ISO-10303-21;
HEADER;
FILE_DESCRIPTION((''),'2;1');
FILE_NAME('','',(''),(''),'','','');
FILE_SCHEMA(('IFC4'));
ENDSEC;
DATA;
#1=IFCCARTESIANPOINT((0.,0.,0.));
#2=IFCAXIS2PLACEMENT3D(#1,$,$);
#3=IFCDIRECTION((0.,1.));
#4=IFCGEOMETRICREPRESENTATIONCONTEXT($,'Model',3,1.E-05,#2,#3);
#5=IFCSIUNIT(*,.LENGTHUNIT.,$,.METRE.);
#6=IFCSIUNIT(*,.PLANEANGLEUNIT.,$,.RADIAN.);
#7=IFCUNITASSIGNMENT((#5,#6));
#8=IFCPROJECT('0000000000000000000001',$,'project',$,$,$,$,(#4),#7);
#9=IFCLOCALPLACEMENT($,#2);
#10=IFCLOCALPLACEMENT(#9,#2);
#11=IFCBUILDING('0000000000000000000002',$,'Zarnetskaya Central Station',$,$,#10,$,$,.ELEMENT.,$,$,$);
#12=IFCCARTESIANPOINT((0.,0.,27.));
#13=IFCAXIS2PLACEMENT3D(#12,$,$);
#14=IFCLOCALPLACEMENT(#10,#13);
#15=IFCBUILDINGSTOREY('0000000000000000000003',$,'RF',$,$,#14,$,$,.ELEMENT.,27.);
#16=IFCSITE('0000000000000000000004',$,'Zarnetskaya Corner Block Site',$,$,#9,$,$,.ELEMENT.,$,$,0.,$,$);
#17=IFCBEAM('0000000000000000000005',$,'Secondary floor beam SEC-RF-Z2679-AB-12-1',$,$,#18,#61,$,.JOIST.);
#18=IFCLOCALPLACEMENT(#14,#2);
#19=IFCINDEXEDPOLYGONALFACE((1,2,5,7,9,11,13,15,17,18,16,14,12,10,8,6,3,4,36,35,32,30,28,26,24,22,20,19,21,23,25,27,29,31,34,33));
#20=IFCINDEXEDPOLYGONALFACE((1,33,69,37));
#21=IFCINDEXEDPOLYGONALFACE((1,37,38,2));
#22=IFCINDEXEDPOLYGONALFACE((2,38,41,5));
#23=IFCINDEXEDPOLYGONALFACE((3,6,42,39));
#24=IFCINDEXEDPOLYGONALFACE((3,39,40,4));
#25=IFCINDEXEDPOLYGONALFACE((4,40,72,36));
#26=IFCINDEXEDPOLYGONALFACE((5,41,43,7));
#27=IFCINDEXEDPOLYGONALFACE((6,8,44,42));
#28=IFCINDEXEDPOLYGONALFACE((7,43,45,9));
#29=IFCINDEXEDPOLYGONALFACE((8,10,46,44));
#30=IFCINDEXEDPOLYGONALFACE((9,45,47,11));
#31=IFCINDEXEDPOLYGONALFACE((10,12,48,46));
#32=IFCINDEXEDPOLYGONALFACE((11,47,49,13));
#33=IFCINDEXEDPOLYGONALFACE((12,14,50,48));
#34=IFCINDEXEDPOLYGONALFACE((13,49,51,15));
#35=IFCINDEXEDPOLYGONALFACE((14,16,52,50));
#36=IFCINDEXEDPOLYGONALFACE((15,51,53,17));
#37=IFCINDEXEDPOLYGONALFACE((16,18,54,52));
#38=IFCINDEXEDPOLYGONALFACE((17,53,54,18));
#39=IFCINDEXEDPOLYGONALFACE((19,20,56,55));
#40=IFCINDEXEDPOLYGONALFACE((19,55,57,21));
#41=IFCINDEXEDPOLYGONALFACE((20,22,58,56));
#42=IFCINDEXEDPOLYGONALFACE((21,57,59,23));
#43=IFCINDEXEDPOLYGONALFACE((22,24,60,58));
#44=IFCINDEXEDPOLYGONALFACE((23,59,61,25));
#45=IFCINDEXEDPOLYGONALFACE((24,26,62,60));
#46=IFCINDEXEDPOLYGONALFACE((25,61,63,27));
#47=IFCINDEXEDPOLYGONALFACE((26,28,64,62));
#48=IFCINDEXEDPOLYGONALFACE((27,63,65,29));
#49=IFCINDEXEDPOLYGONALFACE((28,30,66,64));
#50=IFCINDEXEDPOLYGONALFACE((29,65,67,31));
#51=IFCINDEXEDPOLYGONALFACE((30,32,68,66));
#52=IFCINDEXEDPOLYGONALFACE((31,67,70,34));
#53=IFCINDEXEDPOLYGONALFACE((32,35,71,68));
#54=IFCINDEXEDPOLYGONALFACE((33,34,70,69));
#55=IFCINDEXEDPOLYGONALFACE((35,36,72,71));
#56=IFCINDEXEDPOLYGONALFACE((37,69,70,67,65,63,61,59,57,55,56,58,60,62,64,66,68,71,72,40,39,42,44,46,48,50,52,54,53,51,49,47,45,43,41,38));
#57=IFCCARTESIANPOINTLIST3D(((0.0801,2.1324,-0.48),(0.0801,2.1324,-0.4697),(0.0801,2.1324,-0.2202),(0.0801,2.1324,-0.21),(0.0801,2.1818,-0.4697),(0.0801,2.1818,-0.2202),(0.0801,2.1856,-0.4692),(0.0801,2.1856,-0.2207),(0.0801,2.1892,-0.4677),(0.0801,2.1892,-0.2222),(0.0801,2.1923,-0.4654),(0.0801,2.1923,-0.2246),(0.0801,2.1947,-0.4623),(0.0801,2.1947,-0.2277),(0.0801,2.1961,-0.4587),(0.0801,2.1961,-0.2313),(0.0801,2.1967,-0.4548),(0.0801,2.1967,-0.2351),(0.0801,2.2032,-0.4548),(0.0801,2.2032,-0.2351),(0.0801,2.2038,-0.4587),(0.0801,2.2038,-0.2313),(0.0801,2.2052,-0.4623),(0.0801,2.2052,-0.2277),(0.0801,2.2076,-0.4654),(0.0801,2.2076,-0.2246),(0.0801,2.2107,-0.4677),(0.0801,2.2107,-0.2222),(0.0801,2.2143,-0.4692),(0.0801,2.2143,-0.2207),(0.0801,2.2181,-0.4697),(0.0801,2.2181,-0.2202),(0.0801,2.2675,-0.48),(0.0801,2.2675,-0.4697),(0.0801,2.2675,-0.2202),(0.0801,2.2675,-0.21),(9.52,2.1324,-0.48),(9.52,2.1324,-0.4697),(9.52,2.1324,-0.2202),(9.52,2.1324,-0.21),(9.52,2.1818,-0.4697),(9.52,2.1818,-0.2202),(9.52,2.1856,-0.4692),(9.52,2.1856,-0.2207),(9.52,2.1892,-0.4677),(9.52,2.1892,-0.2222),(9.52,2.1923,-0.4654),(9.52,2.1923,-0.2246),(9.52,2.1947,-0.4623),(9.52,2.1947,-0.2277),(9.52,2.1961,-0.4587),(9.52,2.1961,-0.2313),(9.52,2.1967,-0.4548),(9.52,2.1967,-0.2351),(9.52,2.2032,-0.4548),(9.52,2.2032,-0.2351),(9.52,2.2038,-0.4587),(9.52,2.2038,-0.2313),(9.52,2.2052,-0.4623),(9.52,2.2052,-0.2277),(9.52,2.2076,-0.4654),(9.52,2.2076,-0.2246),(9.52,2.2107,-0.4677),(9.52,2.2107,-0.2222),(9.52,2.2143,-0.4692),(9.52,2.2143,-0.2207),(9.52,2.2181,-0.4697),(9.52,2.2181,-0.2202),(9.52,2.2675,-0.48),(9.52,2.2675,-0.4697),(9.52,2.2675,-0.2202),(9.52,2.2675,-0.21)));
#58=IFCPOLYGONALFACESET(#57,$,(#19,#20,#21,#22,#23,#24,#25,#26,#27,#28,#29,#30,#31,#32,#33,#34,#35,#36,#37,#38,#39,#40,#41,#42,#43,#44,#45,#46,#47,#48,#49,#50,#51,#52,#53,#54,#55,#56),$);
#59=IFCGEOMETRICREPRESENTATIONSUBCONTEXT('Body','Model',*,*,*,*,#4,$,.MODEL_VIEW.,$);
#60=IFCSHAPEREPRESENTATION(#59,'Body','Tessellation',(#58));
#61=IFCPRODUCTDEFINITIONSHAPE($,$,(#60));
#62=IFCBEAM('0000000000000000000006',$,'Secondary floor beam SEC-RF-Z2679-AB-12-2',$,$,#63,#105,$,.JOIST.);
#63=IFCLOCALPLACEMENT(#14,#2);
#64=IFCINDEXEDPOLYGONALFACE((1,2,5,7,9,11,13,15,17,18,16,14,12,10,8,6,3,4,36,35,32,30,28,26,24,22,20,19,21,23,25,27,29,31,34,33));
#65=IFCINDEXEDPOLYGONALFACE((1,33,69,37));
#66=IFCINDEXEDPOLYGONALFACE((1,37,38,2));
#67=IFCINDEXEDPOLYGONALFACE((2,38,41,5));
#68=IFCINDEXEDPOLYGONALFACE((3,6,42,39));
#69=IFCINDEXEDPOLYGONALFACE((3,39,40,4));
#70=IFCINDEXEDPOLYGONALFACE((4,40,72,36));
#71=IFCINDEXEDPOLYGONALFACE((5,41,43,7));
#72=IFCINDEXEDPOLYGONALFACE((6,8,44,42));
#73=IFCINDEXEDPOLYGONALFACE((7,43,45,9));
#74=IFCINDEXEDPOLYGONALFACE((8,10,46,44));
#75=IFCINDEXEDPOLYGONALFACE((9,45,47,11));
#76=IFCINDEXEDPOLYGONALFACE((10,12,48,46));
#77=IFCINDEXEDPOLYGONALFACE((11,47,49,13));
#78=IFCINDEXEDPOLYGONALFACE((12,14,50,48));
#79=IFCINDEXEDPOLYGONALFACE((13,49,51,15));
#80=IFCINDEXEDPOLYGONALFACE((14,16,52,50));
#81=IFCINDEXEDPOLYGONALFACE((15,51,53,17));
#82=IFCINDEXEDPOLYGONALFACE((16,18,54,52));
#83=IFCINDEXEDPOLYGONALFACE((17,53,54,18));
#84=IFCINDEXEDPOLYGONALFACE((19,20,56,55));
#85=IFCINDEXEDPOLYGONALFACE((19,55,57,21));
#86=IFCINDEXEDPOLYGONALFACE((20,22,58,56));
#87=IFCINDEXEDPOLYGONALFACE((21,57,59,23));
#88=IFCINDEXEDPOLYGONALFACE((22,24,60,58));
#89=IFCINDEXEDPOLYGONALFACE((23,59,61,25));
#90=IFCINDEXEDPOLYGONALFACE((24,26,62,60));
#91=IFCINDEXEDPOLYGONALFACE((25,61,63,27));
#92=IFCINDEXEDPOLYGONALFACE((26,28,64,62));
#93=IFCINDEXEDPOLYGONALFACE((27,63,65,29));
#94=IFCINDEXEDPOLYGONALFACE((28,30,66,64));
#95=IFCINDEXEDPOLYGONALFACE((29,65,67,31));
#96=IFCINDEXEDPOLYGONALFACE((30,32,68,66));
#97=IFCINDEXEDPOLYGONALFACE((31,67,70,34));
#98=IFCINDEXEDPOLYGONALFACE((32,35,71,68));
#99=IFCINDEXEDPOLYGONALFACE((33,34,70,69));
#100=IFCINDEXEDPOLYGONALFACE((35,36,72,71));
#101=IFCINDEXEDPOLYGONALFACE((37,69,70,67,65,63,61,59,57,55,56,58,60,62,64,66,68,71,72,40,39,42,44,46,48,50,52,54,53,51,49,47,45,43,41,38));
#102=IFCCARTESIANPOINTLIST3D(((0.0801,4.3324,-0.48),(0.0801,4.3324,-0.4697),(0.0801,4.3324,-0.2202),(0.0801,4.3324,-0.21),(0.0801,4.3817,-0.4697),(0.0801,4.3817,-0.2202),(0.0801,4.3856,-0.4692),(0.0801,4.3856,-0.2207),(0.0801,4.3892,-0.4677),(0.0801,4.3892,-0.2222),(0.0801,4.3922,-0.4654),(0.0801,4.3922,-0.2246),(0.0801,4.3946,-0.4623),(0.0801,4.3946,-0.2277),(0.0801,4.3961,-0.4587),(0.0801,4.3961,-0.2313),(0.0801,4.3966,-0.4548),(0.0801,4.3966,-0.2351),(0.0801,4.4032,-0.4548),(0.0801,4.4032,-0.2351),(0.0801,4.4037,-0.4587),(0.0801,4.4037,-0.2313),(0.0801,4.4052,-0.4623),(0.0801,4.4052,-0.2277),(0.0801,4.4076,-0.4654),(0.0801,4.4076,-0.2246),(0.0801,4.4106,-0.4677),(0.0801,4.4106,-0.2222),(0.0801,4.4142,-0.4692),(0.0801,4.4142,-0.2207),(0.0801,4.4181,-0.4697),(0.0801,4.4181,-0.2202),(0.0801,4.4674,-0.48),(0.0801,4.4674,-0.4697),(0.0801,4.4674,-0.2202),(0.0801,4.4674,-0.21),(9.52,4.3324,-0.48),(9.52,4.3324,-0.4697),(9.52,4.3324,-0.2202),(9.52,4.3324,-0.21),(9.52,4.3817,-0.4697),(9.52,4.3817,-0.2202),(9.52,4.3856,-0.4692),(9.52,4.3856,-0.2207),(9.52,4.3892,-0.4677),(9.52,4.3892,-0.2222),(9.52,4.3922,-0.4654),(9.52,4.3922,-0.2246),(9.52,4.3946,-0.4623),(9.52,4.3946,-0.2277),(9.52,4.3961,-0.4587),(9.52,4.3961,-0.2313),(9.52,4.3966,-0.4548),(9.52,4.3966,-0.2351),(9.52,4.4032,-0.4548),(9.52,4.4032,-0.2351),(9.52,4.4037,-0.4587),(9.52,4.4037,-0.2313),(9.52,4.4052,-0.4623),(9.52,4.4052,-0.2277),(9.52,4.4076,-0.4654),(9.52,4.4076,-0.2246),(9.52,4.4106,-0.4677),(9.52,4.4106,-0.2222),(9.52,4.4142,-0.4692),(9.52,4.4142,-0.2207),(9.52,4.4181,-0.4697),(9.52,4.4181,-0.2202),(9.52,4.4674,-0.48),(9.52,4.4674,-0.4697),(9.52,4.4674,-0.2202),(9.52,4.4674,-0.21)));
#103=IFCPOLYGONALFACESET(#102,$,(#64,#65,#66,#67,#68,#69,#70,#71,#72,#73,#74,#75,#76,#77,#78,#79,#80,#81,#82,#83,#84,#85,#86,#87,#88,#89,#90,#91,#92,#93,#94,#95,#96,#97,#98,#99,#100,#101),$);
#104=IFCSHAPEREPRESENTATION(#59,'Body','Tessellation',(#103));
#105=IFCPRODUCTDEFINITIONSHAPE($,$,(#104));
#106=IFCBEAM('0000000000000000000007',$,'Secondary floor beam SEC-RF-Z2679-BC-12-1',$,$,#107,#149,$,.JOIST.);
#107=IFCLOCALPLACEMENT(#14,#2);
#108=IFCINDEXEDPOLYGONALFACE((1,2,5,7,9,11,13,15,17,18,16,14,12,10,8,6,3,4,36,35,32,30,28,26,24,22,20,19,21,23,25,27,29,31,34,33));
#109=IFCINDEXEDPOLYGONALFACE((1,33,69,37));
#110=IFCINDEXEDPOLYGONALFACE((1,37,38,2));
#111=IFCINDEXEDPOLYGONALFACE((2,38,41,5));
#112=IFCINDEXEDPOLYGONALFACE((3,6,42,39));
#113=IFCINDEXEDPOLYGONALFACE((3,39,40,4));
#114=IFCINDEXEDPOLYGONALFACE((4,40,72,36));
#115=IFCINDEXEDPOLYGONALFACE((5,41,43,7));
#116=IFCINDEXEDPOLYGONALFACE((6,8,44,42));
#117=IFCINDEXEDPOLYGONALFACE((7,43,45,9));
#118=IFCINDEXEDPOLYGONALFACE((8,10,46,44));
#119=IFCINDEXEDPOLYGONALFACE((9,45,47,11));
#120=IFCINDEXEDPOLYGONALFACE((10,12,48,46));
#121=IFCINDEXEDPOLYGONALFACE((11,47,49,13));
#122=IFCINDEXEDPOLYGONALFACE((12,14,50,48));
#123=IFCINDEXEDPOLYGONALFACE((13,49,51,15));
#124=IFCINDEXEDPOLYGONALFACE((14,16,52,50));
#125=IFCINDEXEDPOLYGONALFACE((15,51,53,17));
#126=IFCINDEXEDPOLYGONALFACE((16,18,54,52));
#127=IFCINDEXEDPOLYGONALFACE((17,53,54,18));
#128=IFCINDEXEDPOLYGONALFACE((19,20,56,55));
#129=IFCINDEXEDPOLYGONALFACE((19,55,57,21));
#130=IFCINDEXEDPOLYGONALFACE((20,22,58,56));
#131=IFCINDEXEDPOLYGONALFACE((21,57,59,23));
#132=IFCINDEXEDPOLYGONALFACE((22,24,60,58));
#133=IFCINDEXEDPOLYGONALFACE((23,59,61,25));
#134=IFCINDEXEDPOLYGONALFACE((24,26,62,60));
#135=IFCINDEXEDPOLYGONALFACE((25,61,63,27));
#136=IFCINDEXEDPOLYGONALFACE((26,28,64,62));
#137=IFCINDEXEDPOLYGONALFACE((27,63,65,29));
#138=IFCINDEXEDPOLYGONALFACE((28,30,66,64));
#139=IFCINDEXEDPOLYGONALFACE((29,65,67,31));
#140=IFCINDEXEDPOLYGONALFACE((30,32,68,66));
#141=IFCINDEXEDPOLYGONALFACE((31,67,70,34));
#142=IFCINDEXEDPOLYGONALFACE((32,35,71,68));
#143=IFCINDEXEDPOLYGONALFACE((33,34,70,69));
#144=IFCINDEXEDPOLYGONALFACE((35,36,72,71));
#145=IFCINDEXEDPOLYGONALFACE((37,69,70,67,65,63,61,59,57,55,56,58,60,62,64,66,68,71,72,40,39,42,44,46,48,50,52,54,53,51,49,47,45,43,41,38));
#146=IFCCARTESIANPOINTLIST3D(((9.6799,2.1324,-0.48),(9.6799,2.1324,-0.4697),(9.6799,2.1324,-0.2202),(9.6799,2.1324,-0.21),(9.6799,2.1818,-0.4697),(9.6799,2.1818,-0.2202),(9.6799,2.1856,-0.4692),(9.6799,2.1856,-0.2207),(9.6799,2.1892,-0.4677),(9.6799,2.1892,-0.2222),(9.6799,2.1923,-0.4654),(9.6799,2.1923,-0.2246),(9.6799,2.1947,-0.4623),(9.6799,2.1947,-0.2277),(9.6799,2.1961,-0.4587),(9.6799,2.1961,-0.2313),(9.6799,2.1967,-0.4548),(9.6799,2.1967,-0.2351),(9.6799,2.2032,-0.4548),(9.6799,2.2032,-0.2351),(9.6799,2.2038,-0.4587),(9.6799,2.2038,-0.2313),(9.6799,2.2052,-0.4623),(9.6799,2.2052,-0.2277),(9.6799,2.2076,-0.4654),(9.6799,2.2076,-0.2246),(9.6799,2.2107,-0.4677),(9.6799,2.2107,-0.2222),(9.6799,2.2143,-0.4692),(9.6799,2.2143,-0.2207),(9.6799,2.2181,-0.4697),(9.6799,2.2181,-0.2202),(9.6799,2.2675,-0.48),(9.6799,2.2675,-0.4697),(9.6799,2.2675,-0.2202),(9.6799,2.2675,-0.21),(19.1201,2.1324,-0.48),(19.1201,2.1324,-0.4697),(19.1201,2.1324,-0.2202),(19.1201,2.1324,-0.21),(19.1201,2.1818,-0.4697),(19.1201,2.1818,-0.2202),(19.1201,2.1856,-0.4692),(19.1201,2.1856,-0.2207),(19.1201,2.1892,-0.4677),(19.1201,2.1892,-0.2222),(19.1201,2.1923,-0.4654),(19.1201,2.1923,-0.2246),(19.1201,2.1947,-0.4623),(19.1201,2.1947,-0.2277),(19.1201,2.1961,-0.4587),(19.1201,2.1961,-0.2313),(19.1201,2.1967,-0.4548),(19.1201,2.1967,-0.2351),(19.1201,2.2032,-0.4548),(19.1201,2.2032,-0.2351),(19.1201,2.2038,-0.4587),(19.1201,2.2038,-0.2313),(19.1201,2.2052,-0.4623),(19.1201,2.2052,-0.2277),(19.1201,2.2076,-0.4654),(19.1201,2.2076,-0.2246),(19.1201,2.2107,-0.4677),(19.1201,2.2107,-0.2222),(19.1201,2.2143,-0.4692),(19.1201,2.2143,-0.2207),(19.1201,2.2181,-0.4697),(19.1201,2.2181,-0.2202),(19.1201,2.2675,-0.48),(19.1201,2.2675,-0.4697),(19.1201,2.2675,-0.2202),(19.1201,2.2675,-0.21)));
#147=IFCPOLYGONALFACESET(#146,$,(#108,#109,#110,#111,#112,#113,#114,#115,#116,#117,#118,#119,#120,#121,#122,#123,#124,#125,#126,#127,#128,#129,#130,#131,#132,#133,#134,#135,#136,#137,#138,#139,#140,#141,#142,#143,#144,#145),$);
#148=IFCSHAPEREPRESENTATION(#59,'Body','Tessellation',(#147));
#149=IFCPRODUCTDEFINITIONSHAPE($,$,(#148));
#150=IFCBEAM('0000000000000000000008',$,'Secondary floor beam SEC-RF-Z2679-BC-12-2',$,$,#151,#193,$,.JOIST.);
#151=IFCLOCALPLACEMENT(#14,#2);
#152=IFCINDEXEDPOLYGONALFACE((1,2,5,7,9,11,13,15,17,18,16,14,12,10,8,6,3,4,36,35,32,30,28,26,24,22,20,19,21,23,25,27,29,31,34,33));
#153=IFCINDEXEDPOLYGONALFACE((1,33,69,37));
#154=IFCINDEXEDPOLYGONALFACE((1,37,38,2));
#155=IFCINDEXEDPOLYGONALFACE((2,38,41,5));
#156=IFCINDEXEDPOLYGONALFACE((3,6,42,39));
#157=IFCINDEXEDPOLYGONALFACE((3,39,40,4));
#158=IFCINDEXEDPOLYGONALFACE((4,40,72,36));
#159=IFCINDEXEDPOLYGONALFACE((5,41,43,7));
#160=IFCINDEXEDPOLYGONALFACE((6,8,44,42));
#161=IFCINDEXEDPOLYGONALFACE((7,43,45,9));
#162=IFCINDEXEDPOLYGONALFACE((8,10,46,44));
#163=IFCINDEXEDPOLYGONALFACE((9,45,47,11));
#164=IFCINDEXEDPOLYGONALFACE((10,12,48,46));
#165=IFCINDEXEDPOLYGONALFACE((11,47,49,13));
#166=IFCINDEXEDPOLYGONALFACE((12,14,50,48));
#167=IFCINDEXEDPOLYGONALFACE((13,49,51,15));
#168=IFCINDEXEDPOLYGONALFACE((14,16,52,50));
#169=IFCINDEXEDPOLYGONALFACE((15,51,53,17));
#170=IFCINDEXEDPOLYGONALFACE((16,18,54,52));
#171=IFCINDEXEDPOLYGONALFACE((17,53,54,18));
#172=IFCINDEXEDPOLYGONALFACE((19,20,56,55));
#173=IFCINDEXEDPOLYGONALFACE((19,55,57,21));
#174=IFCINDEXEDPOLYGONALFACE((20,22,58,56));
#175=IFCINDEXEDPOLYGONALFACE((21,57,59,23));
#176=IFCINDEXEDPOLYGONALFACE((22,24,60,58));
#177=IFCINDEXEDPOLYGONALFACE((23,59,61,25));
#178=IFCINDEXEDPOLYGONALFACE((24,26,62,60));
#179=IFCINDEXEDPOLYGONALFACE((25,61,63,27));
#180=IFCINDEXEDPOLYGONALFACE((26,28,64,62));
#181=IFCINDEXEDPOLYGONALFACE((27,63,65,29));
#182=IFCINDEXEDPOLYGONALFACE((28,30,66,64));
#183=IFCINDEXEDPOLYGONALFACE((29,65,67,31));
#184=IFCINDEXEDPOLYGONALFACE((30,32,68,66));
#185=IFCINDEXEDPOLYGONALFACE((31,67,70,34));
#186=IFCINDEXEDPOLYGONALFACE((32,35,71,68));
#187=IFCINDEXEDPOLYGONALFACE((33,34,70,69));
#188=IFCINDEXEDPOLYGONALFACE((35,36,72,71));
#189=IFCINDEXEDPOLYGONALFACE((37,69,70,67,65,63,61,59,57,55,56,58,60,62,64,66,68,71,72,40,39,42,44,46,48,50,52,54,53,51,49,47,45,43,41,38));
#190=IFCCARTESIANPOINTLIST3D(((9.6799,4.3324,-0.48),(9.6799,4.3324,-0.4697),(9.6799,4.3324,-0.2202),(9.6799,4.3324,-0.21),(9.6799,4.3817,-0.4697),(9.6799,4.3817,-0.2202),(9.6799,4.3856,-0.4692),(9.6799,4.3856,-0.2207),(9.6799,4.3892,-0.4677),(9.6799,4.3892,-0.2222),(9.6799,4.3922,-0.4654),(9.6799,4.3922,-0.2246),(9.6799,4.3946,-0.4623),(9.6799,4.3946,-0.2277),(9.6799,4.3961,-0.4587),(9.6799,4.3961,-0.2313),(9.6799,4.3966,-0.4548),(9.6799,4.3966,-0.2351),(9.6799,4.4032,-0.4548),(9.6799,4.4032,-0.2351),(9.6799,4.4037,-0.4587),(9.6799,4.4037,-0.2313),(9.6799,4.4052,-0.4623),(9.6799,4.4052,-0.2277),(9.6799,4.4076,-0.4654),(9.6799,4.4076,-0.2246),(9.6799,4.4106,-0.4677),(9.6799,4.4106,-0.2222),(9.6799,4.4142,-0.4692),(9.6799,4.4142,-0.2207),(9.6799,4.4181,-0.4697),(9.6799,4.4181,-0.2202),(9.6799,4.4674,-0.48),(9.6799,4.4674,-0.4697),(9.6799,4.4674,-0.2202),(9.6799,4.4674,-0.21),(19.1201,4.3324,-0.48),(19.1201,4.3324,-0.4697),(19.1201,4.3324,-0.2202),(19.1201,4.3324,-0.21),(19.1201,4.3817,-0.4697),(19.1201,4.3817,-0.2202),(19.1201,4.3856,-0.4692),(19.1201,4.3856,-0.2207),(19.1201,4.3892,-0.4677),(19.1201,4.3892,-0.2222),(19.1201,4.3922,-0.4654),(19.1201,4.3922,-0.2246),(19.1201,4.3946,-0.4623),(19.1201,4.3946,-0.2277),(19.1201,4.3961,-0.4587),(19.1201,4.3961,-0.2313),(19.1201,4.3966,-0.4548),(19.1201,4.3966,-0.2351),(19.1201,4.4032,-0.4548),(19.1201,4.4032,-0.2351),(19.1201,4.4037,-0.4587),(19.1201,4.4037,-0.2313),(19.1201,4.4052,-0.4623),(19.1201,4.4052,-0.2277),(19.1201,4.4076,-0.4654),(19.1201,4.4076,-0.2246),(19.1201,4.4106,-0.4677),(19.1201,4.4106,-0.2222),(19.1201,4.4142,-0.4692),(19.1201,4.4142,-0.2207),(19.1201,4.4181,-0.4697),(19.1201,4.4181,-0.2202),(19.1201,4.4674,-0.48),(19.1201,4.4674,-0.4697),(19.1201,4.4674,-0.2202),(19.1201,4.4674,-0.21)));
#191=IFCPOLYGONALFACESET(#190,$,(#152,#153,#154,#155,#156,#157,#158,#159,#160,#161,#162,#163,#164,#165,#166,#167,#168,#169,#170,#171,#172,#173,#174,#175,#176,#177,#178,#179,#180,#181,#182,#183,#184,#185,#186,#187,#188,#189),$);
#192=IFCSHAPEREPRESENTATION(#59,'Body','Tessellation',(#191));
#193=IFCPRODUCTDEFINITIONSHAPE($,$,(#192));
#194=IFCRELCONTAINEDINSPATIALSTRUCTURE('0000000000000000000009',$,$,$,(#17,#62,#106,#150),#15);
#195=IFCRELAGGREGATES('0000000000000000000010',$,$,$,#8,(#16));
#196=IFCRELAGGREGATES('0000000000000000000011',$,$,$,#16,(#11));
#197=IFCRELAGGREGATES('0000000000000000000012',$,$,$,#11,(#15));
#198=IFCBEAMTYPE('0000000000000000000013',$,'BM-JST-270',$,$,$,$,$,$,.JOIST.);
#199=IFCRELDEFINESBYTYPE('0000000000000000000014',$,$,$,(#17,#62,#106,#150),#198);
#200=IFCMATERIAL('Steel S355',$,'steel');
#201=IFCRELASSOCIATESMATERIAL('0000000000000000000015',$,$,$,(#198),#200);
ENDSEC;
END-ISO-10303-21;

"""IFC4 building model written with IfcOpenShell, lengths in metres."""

from ifc_helpers import new_model, si_unit, direction, frame, origin, origin_2d, place, context, subcontext, project, spatial, i_section, extrude, material, material_profile, profile_set, type_object, element, save


model = new_model("IFC4")

# Units and contexts
model_context = context("Model", 3, precision=1e-05, world=origin(), true_north=direction((0.0, 1.0)))
body_context = subcontext(model_context, "Body", "Model", "MODEL_VIEW")
ifc_project = project(units=[si_unit("LENGTHUNIT", "METRE"), si_unit("PLANEANGLEUNIT", "RADIAN")], contexts=[model_context])

# Site, building, storey
site_placement = place(None, origin())
site = spatial("IfcSite", under=ifc_project, at=site_placement, Name="Zarnetskaya Corner Block Site", CompositionType="ELEMENT", RefElevation=0.0)
building_placement = place(site_placement, origin())
building = spatial("IfcBuilding", under=site, at=building_placement, Name="Zarnetskaya Central Station", CompositionType="ELEMENT")
storey_placement = place(building_placement, frame((0.0, 0.0, 27.0)))
storey = spatial("IfcBuildingStorey", under=building, at=storey_placement, Name="RF", CompositionType="ELEMENT", Elevation=27.0)

# Beams
ifc_material_1 = material(Name="Steel S355", Category="steel")
ifc_material_profile_1 = material_profile(ifc_material_1, i_section(OverallWidth=0.135, OverallDepth=0.27, WebThickness=0.0066, FlangeThickness=0.0103, FilletRadius=0.0149, at=origin_2d()), Name="IPE 270")
ifc_profile_set_1 = profile_set([ifc_material_profile_1], Name="Steel S355")
beam_type_1 = type_object("IfcBeamType", Name="BM-JST-270", PredefinedType="JOIST", material=ifc_profile_set_1)
for number, where, z_axis, x_axis, name in (
    (1, (0.0801, 2.2, -0.345), (1.0, 0.0, 0.0), (0.0, 1.0, 0.0), "Secondary floor beam SEC-RF-Z2679-AB-12-1"),
    (2, (0.0801, 4.3999, -0.345), (1.0, 0.0, 0.0), (0.0, 1.0, 0.0), "Secondary floor beam SEC-RF-Z2679-AB-12-2"),
):
    element("IfcBeam", number, at=place(storey_placement, frame(where, z_axis=z_axis, x_axis=x_axis)), inside=storey, type_object=beam_type_1, Name=name, PredefinedType="JOIST", context=body_context, shape_type="SweptSolid", body=[
        extrude(i_section(OverallWidth=0.135, OverallDepth=0.27, WebThickness=0.0066, FlangeThickness=0.0103, FilletRadius=0.0149, at=origin_2d()), origin(), (0.0, 0.0, 1.0), 9.4399),
    ])
for number, where, z_axis, x_axis, name in (
    (3, (9.6799, 2.2, -0.345), (1.0, 0.0, 0.0), (0.0, 1.0, 0.0), "Secondary floor beam SEC-RF-Z2679-BC-12-1"),
    (4, (9.6799, 4.3999, -0.345), (1.0, 0.0, 0.0), (0.0, 1.0, 0.0), "Secondary floor beam SEC-RF-Z2679-BC-12-2"),
):
    element("IfcBeam", number, at=place(storey_placement, frame(where, z_axis=z_axis, x_axis=x_axis)), inside=storey, type_object=beam_type_1, Name=name, PredefinedType="JOIST", context=body_context, shape_type="SweptSolid", body=[
        extrude(i_section(OverallWidth=0.135, OverallDepth=0.27, WebThickness=0.0066, FlangeThickness=0.0103, FilletRadius=0.0149, at=origin_2d()), origin(), (0.0, 0.0, 1.0), 9.4402),
    ])

save(model, "model.ifc")
